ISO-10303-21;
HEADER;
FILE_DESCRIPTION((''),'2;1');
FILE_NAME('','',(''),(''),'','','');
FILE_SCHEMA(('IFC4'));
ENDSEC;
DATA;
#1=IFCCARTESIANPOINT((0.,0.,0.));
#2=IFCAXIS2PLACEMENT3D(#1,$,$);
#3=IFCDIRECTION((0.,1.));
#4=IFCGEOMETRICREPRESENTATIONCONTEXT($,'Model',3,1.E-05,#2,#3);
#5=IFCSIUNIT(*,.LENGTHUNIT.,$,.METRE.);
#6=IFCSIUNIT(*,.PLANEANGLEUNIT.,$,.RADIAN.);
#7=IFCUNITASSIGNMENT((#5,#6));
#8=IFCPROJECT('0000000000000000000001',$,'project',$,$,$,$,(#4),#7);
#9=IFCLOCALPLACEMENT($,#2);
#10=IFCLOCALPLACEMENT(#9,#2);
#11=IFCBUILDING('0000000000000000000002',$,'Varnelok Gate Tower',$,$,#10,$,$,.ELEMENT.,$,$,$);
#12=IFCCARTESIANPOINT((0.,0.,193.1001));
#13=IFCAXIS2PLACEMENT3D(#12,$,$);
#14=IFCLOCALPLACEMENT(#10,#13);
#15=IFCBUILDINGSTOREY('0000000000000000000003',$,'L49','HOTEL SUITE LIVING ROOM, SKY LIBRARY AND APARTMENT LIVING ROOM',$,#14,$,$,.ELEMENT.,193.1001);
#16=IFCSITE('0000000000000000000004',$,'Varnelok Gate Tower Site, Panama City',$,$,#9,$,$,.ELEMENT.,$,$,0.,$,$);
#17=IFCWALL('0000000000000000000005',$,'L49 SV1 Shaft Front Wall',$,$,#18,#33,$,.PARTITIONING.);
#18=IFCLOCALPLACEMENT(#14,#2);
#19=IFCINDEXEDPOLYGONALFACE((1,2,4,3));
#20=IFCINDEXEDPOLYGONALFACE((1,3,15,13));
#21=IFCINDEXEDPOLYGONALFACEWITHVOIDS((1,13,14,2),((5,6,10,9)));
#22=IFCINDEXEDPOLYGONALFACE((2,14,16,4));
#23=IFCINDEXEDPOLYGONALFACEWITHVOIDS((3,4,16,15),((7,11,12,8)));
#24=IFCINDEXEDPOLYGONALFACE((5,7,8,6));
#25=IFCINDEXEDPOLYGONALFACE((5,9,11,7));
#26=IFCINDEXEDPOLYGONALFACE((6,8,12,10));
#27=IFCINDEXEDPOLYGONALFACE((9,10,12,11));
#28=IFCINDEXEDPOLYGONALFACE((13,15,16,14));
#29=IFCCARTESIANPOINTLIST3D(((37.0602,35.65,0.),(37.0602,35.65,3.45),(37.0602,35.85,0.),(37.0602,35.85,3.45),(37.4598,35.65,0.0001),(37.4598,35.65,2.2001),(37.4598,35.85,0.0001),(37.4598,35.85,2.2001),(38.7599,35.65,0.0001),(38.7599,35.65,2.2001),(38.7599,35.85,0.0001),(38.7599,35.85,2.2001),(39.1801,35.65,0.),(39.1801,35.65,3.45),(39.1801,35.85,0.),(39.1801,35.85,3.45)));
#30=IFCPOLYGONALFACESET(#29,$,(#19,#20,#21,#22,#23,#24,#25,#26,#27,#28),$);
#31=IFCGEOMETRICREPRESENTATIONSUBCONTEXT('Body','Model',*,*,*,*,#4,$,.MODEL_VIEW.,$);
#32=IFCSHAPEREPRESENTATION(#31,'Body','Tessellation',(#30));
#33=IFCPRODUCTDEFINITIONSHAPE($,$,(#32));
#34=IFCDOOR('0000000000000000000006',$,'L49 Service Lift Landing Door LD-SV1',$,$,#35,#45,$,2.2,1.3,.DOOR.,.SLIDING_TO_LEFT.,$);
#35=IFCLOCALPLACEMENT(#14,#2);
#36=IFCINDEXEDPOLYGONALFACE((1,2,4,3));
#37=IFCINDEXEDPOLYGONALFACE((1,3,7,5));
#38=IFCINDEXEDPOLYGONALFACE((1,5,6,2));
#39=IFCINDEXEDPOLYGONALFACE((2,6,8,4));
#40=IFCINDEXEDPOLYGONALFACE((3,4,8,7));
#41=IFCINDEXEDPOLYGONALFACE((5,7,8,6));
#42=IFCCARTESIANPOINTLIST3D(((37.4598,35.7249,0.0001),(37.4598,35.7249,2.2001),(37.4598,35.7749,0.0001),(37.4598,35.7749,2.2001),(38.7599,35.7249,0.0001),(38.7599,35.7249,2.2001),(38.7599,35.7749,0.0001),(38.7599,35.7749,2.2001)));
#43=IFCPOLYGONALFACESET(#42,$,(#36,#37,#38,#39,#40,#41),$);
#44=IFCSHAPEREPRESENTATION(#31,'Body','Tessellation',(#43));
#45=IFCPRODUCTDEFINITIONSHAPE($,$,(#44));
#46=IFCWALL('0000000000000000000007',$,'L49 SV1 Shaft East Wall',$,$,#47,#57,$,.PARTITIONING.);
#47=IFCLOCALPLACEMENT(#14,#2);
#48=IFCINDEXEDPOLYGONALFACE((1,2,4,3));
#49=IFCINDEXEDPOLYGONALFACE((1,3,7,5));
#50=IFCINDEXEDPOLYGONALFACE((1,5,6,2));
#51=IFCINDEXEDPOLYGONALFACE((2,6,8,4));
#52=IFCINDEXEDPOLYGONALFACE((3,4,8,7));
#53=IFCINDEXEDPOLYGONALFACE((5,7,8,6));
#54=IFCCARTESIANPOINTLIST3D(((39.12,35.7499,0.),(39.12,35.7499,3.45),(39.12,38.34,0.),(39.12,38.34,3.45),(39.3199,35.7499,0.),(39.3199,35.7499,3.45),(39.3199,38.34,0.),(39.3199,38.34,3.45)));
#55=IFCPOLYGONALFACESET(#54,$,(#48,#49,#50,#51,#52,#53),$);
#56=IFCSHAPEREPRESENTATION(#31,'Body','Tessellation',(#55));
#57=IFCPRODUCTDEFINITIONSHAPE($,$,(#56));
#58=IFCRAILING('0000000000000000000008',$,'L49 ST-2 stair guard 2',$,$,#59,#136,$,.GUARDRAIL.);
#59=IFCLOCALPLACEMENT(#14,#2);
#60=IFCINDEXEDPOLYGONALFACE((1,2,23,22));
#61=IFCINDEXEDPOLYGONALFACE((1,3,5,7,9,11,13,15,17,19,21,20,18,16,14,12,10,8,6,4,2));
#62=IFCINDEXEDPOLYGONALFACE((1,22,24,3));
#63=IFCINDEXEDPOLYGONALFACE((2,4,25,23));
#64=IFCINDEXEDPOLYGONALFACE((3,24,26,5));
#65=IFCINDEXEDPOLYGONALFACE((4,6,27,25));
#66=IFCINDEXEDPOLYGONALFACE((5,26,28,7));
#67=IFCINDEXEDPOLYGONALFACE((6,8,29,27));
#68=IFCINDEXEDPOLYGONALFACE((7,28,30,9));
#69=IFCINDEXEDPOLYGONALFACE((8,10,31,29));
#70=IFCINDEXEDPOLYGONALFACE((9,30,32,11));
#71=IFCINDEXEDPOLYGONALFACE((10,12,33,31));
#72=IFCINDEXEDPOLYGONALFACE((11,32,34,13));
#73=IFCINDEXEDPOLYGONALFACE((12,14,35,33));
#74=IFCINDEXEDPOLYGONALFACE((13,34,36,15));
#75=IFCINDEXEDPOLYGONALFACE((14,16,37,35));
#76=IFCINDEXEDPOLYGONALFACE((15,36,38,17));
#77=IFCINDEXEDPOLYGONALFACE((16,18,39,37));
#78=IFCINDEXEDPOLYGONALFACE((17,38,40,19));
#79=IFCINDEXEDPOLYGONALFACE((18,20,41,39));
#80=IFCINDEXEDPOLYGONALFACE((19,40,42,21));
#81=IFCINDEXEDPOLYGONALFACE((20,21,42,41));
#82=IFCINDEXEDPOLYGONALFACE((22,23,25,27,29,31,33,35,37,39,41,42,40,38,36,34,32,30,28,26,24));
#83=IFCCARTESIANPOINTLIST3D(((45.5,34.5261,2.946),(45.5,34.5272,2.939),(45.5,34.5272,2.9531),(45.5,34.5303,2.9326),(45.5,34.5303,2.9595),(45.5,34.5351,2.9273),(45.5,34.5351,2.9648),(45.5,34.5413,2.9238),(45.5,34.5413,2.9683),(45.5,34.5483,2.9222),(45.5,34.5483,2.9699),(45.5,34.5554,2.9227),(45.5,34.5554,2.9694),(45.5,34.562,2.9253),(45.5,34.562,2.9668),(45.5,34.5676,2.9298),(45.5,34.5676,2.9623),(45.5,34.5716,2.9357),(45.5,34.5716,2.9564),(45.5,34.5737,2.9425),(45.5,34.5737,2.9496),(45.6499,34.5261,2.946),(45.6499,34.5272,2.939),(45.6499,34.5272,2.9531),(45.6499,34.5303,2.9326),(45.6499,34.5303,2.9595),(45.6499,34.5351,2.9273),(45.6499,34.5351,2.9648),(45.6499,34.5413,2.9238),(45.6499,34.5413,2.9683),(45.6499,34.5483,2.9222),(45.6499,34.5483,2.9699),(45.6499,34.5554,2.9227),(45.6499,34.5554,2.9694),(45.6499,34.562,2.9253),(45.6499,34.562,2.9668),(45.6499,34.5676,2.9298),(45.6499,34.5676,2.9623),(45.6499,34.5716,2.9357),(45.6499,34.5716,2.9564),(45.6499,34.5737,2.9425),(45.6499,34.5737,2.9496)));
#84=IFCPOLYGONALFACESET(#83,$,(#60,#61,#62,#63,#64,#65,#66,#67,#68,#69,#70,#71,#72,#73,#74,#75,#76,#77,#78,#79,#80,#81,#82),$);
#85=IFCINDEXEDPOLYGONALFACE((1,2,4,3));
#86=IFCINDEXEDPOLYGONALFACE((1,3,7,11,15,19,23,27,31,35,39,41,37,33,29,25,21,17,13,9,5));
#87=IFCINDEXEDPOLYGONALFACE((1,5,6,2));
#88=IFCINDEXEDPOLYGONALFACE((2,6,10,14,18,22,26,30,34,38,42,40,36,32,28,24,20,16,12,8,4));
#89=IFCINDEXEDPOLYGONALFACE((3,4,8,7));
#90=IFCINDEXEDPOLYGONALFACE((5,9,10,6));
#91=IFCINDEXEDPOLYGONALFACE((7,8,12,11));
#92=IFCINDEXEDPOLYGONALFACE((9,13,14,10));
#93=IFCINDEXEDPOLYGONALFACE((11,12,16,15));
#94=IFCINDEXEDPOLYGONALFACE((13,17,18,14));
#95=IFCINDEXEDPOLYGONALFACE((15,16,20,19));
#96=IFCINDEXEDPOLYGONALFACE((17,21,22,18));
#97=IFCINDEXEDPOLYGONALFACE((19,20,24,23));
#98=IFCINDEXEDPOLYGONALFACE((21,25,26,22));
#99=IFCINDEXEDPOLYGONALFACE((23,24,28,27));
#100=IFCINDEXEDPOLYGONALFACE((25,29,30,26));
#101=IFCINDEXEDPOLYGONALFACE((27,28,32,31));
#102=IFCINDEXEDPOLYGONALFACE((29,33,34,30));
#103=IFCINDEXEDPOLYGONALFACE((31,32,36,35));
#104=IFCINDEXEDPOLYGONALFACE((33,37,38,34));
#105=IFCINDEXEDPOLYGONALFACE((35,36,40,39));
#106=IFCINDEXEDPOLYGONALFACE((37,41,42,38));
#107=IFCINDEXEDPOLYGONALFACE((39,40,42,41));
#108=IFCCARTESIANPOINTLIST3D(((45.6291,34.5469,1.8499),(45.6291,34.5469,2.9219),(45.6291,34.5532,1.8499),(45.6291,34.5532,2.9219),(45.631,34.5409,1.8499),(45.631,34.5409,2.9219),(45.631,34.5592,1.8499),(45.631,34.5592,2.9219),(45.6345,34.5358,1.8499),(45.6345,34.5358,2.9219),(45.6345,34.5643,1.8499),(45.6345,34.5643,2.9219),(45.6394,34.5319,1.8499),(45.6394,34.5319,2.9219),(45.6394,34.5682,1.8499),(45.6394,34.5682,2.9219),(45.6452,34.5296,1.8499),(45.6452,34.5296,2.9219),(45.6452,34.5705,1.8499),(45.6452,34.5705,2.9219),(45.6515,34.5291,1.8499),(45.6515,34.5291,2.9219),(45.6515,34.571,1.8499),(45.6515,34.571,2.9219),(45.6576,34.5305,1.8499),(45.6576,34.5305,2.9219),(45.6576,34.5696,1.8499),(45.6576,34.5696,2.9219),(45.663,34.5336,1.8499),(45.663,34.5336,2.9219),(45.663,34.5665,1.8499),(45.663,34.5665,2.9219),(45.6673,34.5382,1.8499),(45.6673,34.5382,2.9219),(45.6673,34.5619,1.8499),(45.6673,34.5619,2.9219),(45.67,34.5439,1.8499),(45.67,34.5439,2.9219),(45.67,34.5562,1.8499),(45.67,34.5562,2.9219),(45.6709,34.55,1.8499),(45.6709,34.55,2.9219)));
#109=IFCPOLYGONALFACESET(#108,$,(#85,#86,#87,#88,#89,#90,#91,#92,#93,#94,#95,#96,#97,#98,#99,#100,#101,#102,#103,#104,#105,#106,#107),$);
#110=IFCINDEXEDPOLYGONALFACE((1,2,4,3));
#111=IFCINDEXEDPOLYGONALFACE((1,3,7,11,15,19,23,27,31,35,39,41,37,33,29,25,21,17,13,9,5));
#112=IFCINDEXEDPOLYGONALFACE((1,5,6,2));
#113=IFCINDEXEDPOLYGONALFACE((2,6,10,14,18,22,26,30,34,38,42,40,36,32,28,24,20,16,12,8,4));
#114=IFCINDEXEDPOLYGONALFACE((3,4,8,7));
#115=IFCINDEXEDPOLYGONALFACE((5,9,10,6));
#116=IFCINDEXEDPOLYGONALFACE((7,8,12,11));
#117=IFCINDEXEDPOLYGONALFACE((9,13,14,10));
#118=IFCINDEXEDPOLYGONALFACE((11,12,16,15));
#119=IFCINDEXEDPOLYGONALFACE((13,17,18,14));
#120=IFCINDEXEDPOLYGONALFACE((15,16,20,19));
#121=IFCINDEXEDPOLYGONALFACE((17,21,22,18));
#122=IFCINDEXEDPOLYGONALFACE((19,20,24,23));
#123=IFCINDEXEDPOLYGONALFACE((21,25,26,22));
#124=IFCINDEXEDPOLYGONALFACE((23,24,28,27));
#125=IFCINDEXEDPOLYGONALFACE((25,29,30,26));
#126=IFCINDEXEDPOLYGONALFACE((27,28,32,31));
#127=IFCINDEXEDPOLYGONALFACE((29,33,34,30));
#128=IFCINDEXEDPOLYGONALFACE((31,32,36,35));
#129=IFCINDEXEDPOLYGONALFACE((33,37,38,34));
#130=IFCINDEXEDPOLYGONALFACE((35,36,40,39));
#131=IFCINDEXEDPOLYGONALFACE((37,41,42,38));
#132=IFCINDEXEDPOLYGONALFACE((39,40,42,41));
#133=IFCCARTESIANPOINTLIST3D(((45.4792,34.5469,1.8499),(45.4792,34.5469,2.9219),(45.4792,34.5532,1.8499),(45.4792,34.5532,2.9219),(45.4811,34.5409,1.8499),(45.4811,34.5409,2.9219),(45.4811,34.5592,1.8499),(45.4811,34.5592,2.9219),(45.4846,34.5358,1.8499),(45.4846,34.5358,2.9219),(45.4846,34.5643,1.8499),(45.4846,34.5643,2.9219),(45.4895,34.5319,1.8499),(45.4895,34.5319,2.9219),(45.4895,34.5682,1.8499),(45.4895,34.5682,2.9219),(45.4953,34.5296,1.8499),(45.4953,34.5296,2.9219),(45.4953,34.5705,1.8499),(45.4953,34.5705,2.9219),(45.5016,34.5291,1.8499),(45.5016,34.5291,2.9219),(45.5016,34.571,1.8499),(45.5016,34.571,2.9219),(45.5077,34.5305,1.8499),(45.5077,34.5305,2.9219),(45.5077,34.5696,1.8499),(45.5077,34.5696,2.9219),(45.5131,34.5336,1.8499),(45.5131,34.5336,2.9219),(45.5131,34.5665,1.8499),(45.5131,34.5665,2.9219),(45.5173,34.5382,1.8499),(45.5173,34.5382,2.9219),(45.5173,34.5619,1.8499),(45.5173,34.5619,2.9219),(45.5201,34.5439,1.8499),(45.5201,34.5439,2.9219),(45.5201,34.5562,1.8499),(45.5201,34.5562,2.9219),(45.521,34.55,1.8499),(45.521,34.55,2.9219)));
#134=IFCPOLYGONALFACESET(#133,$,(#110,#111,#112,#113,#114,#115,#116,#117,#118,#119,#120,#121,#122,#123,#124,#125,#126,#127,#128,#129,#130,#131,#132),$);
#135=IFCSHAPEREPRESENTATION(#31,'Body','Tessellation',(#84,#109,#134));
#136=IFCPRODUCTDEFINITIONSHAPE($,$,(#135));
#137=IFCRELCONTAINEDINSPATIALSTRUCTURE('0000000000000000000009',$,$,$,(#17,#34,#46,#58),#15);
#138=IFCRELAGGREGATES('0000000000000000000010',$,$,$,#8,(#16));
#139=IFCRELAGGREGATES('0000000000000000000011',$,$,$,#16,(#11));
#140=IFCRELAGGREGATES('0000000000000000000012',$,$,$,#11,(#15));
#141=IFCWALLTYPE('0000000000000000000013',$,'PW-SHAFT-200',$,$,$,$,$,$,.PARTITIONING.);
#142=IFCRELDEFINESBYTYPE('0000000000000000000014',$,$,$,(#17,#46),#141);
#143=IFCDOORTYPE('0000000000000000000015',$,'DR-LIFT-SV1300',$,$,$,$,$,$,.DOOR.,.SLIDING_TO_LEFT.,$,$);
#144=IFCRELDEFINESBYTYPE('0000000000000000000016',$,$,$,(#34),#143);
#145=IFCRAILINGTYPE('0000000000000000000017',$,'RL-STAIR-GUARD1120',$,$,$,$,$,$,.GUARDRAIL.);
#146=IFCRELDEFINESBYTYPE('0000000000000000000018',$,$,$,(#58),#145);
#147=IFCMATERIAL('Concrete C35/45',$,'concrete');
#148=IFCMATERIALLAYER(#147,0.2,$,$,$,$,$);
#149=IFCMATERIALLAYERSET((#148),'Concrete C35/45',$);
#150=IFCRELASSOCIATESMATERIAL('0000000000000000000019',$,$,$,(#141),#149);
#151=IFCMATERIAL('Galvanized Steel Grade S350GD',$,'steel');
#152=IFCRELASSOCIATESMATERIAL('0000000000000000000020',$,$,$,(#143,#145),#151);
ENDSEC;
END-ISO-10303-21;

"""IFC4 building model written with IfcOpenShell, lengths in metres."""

from ifc_helpers import new_model, si_unit, direction, frame, frame_2d, origin, origin_2d, place, context, subcontext, project, spatial, rectangle, circle, extrude, material, layer, layer_set, type_object, element, fill, save


model = new_model("IFC4")

# Units and contexts
model_context = context("Model", 3, precision=1e-05, world=origin(), true_north=direction((0.0, 1.0)))
body_context = subcontext(model_context, "Body", "Model", "MODEL_VIEW")
ifc_project = project(units=[si_unit("LENGTHUNIT", "METRE"), si_unit("PLANEANGLEUNIT", "RADIAN")], contexts=[model_context])

# Site, building, storey
site_placement = place(None, origin())
site = spatial("IfcSite", under=ifc_project, at=site_placement, Name="Varnelok Gate Tower Site, Panama City", CompositionType="ELEMENT", RefElevation=0.0)
building_placement = place(site_placement, origin())
building = spatial("IfcBuilding", under=site, at=building_placement, Name="Varnelok Gate Tower", CompositionType="ELEMENT")
storey_placement = place(building_placement, frame((0.0, 0.0, 193.1001)))
storey = spatial("IfcBuildingStorey", under=building, at=storey_placement, Name="L49", Description="HOTEL SUITE LIVING ROOM, SKY LIBRARY AND APARTMENT LIVING ROOM", CompositionType="ELEMENT", Elevation=193.1001)

# Shared definitions
ifc_material_1 = material(Name="Galvanized Steel Grade S350GD", Category="steel")

# Shared definitions
ifc_material_2 = material(Name="Concrete C35/45", Category="concrete")
ifc_layer_1 = layer(ifc_material_2, 0.2)
ifc_layer_set_1 = layer_set([ifc_layer_1], Name="Concrete C35/45")
wall_type_1 = type_object("IfcWallType", Name="PW-SHAFT-200", PredefinedType="PARTITIONING", material=ifc_layer_set_1)

# Wall, opening, door
wall_1_placement = place(storey_placement, frame((37.0601, 35.75, 0.0), z_axis=(0.0, 0.0, 1.0), x_axis=(1.0, 0.0, 0.0)))
wall_1 = element("IfcWall", 1, at=wall_1_placement, inside=storey, type_object=wall_type_1, Name="L49 SV1 Shaft Front Wall", PredefinedType="PARTITIONING", context=body_context, shape_type="SweptSolid", body=[
    extrude(rectangle(XDim=2.1199, YDim=0.2, at=frame_2d((1.0601, 0.0))), origin(), (0.0, 0.0, 1.0), 3.45),
])
opening_1_placement = place(wall_1_placement, frame((0.3999, 0.0, 0.0)))
opening_1 = element("IfcOpeningElement", 2, at=opening_1_placement, cuts=wall_1, PredefinedType="OPENING", context=body_context, shape_type="SweptSolid", body=[
    extrude(rectangle(XDim=1.3, YDim=2.2, at=frame_2d((0.6499, 1.1001))), frame((0.0, 0.1099, 0.0), z_axis=(0.0, -1.0, 0.0), x_axis=(1.0, 0.0, 0.0)), (0.0, 0.0, 1.0), 0.22),
])
door_type_1 = type_object("IfcDoorType", Name="DR-LIFT-SV1300", OperationType="SLIDING_TO_LEFT", PredefinedType="DOOR", material=ifc_material_1)
door_1_placement = place(opening_1_placement, origin())
door_1 = element("IfcDoor", 3, at=door_1_placement, inside=storey, type_object=door_type_1, Name="L49 Service Lift Landing Door LD-SV1", OperationType="SLIDING_TO_LEFT", OverallHeight=2.2, OverallWidth=1.3, PredefinedType="DOOR", context=body_context, shape_type="SweptSolid", body=[
    extrude(rectangle(XDim=1.3, YDim=2.2, at=frame_2d((0.6499, 1.1001))), frame((0.0, 0.0249, 0.0), z_axis=(0.0, -1.0, 0.0), x_axis=(1.0, 0.0, 0.0)), (0.0, 0.0, 1.0), 0.05),
])
fill(opening_1, door_1)

# Wall
wall_2_placement = place(storey_placement, frame((39.22, 35.75, 0.0), z_axis=(0.0, 0.0, 1.0), x_axis=(0.0, 1.0, 0.0)))
element("IfcWall", 4, at=wall_2_placement, inside=storey, type_object=wall_type_1, Name="L49 SV1 Shaft East Wall", PredefinedType="PARTITIONING", context=body_context, shape_type="SweptSolid", body=[
    extrude(rectangle(XDim=2.5901, YDim=0.2, at=frame_2d((1.2949, 0.0))), origin(), (0.0, 0.0, 1.0), 3.45),
])

# Railing
railing_type_1 = type_object("IfcRailingType", Name="RL-STAIR-GUARD1120", PredefinedType="GUARDRAIL", material=ifc_material_1)
railing_1_placement = place(storey_placement, frame((45.6499, 34.55, 1.8499)))
element("IfcRailing", 5, at=railing_1_placement, inside=storey, type_object=railing_type_1, Name="L49 ST-2 stair guard 2", PredefinedType="GUARDRAIL", context=body_context, shape_type="SweptSolid", body=[
    extrude(circle(Radius=0.0239, at=origin_2d()), frame((0.0, 0.0, 1.0962), z_axis=(-1.0, 0.0, 0.0), x_axis=(0.0, -1.0, 0.0)), (0.0, 0.0, 1.0), 0.1499),
    extrude(circle(Radius=0.021, at=origin_2d()), origin(), (0.0, 0.0, 1.0), 1.072),
    extrude(circle(Radius=0.021, at=origin_2d()), frame((-0.1499, 0.0, 0.0)), (0.0, 0.0, 1.0), 1.072),
])

save(model, "model.ifc")
